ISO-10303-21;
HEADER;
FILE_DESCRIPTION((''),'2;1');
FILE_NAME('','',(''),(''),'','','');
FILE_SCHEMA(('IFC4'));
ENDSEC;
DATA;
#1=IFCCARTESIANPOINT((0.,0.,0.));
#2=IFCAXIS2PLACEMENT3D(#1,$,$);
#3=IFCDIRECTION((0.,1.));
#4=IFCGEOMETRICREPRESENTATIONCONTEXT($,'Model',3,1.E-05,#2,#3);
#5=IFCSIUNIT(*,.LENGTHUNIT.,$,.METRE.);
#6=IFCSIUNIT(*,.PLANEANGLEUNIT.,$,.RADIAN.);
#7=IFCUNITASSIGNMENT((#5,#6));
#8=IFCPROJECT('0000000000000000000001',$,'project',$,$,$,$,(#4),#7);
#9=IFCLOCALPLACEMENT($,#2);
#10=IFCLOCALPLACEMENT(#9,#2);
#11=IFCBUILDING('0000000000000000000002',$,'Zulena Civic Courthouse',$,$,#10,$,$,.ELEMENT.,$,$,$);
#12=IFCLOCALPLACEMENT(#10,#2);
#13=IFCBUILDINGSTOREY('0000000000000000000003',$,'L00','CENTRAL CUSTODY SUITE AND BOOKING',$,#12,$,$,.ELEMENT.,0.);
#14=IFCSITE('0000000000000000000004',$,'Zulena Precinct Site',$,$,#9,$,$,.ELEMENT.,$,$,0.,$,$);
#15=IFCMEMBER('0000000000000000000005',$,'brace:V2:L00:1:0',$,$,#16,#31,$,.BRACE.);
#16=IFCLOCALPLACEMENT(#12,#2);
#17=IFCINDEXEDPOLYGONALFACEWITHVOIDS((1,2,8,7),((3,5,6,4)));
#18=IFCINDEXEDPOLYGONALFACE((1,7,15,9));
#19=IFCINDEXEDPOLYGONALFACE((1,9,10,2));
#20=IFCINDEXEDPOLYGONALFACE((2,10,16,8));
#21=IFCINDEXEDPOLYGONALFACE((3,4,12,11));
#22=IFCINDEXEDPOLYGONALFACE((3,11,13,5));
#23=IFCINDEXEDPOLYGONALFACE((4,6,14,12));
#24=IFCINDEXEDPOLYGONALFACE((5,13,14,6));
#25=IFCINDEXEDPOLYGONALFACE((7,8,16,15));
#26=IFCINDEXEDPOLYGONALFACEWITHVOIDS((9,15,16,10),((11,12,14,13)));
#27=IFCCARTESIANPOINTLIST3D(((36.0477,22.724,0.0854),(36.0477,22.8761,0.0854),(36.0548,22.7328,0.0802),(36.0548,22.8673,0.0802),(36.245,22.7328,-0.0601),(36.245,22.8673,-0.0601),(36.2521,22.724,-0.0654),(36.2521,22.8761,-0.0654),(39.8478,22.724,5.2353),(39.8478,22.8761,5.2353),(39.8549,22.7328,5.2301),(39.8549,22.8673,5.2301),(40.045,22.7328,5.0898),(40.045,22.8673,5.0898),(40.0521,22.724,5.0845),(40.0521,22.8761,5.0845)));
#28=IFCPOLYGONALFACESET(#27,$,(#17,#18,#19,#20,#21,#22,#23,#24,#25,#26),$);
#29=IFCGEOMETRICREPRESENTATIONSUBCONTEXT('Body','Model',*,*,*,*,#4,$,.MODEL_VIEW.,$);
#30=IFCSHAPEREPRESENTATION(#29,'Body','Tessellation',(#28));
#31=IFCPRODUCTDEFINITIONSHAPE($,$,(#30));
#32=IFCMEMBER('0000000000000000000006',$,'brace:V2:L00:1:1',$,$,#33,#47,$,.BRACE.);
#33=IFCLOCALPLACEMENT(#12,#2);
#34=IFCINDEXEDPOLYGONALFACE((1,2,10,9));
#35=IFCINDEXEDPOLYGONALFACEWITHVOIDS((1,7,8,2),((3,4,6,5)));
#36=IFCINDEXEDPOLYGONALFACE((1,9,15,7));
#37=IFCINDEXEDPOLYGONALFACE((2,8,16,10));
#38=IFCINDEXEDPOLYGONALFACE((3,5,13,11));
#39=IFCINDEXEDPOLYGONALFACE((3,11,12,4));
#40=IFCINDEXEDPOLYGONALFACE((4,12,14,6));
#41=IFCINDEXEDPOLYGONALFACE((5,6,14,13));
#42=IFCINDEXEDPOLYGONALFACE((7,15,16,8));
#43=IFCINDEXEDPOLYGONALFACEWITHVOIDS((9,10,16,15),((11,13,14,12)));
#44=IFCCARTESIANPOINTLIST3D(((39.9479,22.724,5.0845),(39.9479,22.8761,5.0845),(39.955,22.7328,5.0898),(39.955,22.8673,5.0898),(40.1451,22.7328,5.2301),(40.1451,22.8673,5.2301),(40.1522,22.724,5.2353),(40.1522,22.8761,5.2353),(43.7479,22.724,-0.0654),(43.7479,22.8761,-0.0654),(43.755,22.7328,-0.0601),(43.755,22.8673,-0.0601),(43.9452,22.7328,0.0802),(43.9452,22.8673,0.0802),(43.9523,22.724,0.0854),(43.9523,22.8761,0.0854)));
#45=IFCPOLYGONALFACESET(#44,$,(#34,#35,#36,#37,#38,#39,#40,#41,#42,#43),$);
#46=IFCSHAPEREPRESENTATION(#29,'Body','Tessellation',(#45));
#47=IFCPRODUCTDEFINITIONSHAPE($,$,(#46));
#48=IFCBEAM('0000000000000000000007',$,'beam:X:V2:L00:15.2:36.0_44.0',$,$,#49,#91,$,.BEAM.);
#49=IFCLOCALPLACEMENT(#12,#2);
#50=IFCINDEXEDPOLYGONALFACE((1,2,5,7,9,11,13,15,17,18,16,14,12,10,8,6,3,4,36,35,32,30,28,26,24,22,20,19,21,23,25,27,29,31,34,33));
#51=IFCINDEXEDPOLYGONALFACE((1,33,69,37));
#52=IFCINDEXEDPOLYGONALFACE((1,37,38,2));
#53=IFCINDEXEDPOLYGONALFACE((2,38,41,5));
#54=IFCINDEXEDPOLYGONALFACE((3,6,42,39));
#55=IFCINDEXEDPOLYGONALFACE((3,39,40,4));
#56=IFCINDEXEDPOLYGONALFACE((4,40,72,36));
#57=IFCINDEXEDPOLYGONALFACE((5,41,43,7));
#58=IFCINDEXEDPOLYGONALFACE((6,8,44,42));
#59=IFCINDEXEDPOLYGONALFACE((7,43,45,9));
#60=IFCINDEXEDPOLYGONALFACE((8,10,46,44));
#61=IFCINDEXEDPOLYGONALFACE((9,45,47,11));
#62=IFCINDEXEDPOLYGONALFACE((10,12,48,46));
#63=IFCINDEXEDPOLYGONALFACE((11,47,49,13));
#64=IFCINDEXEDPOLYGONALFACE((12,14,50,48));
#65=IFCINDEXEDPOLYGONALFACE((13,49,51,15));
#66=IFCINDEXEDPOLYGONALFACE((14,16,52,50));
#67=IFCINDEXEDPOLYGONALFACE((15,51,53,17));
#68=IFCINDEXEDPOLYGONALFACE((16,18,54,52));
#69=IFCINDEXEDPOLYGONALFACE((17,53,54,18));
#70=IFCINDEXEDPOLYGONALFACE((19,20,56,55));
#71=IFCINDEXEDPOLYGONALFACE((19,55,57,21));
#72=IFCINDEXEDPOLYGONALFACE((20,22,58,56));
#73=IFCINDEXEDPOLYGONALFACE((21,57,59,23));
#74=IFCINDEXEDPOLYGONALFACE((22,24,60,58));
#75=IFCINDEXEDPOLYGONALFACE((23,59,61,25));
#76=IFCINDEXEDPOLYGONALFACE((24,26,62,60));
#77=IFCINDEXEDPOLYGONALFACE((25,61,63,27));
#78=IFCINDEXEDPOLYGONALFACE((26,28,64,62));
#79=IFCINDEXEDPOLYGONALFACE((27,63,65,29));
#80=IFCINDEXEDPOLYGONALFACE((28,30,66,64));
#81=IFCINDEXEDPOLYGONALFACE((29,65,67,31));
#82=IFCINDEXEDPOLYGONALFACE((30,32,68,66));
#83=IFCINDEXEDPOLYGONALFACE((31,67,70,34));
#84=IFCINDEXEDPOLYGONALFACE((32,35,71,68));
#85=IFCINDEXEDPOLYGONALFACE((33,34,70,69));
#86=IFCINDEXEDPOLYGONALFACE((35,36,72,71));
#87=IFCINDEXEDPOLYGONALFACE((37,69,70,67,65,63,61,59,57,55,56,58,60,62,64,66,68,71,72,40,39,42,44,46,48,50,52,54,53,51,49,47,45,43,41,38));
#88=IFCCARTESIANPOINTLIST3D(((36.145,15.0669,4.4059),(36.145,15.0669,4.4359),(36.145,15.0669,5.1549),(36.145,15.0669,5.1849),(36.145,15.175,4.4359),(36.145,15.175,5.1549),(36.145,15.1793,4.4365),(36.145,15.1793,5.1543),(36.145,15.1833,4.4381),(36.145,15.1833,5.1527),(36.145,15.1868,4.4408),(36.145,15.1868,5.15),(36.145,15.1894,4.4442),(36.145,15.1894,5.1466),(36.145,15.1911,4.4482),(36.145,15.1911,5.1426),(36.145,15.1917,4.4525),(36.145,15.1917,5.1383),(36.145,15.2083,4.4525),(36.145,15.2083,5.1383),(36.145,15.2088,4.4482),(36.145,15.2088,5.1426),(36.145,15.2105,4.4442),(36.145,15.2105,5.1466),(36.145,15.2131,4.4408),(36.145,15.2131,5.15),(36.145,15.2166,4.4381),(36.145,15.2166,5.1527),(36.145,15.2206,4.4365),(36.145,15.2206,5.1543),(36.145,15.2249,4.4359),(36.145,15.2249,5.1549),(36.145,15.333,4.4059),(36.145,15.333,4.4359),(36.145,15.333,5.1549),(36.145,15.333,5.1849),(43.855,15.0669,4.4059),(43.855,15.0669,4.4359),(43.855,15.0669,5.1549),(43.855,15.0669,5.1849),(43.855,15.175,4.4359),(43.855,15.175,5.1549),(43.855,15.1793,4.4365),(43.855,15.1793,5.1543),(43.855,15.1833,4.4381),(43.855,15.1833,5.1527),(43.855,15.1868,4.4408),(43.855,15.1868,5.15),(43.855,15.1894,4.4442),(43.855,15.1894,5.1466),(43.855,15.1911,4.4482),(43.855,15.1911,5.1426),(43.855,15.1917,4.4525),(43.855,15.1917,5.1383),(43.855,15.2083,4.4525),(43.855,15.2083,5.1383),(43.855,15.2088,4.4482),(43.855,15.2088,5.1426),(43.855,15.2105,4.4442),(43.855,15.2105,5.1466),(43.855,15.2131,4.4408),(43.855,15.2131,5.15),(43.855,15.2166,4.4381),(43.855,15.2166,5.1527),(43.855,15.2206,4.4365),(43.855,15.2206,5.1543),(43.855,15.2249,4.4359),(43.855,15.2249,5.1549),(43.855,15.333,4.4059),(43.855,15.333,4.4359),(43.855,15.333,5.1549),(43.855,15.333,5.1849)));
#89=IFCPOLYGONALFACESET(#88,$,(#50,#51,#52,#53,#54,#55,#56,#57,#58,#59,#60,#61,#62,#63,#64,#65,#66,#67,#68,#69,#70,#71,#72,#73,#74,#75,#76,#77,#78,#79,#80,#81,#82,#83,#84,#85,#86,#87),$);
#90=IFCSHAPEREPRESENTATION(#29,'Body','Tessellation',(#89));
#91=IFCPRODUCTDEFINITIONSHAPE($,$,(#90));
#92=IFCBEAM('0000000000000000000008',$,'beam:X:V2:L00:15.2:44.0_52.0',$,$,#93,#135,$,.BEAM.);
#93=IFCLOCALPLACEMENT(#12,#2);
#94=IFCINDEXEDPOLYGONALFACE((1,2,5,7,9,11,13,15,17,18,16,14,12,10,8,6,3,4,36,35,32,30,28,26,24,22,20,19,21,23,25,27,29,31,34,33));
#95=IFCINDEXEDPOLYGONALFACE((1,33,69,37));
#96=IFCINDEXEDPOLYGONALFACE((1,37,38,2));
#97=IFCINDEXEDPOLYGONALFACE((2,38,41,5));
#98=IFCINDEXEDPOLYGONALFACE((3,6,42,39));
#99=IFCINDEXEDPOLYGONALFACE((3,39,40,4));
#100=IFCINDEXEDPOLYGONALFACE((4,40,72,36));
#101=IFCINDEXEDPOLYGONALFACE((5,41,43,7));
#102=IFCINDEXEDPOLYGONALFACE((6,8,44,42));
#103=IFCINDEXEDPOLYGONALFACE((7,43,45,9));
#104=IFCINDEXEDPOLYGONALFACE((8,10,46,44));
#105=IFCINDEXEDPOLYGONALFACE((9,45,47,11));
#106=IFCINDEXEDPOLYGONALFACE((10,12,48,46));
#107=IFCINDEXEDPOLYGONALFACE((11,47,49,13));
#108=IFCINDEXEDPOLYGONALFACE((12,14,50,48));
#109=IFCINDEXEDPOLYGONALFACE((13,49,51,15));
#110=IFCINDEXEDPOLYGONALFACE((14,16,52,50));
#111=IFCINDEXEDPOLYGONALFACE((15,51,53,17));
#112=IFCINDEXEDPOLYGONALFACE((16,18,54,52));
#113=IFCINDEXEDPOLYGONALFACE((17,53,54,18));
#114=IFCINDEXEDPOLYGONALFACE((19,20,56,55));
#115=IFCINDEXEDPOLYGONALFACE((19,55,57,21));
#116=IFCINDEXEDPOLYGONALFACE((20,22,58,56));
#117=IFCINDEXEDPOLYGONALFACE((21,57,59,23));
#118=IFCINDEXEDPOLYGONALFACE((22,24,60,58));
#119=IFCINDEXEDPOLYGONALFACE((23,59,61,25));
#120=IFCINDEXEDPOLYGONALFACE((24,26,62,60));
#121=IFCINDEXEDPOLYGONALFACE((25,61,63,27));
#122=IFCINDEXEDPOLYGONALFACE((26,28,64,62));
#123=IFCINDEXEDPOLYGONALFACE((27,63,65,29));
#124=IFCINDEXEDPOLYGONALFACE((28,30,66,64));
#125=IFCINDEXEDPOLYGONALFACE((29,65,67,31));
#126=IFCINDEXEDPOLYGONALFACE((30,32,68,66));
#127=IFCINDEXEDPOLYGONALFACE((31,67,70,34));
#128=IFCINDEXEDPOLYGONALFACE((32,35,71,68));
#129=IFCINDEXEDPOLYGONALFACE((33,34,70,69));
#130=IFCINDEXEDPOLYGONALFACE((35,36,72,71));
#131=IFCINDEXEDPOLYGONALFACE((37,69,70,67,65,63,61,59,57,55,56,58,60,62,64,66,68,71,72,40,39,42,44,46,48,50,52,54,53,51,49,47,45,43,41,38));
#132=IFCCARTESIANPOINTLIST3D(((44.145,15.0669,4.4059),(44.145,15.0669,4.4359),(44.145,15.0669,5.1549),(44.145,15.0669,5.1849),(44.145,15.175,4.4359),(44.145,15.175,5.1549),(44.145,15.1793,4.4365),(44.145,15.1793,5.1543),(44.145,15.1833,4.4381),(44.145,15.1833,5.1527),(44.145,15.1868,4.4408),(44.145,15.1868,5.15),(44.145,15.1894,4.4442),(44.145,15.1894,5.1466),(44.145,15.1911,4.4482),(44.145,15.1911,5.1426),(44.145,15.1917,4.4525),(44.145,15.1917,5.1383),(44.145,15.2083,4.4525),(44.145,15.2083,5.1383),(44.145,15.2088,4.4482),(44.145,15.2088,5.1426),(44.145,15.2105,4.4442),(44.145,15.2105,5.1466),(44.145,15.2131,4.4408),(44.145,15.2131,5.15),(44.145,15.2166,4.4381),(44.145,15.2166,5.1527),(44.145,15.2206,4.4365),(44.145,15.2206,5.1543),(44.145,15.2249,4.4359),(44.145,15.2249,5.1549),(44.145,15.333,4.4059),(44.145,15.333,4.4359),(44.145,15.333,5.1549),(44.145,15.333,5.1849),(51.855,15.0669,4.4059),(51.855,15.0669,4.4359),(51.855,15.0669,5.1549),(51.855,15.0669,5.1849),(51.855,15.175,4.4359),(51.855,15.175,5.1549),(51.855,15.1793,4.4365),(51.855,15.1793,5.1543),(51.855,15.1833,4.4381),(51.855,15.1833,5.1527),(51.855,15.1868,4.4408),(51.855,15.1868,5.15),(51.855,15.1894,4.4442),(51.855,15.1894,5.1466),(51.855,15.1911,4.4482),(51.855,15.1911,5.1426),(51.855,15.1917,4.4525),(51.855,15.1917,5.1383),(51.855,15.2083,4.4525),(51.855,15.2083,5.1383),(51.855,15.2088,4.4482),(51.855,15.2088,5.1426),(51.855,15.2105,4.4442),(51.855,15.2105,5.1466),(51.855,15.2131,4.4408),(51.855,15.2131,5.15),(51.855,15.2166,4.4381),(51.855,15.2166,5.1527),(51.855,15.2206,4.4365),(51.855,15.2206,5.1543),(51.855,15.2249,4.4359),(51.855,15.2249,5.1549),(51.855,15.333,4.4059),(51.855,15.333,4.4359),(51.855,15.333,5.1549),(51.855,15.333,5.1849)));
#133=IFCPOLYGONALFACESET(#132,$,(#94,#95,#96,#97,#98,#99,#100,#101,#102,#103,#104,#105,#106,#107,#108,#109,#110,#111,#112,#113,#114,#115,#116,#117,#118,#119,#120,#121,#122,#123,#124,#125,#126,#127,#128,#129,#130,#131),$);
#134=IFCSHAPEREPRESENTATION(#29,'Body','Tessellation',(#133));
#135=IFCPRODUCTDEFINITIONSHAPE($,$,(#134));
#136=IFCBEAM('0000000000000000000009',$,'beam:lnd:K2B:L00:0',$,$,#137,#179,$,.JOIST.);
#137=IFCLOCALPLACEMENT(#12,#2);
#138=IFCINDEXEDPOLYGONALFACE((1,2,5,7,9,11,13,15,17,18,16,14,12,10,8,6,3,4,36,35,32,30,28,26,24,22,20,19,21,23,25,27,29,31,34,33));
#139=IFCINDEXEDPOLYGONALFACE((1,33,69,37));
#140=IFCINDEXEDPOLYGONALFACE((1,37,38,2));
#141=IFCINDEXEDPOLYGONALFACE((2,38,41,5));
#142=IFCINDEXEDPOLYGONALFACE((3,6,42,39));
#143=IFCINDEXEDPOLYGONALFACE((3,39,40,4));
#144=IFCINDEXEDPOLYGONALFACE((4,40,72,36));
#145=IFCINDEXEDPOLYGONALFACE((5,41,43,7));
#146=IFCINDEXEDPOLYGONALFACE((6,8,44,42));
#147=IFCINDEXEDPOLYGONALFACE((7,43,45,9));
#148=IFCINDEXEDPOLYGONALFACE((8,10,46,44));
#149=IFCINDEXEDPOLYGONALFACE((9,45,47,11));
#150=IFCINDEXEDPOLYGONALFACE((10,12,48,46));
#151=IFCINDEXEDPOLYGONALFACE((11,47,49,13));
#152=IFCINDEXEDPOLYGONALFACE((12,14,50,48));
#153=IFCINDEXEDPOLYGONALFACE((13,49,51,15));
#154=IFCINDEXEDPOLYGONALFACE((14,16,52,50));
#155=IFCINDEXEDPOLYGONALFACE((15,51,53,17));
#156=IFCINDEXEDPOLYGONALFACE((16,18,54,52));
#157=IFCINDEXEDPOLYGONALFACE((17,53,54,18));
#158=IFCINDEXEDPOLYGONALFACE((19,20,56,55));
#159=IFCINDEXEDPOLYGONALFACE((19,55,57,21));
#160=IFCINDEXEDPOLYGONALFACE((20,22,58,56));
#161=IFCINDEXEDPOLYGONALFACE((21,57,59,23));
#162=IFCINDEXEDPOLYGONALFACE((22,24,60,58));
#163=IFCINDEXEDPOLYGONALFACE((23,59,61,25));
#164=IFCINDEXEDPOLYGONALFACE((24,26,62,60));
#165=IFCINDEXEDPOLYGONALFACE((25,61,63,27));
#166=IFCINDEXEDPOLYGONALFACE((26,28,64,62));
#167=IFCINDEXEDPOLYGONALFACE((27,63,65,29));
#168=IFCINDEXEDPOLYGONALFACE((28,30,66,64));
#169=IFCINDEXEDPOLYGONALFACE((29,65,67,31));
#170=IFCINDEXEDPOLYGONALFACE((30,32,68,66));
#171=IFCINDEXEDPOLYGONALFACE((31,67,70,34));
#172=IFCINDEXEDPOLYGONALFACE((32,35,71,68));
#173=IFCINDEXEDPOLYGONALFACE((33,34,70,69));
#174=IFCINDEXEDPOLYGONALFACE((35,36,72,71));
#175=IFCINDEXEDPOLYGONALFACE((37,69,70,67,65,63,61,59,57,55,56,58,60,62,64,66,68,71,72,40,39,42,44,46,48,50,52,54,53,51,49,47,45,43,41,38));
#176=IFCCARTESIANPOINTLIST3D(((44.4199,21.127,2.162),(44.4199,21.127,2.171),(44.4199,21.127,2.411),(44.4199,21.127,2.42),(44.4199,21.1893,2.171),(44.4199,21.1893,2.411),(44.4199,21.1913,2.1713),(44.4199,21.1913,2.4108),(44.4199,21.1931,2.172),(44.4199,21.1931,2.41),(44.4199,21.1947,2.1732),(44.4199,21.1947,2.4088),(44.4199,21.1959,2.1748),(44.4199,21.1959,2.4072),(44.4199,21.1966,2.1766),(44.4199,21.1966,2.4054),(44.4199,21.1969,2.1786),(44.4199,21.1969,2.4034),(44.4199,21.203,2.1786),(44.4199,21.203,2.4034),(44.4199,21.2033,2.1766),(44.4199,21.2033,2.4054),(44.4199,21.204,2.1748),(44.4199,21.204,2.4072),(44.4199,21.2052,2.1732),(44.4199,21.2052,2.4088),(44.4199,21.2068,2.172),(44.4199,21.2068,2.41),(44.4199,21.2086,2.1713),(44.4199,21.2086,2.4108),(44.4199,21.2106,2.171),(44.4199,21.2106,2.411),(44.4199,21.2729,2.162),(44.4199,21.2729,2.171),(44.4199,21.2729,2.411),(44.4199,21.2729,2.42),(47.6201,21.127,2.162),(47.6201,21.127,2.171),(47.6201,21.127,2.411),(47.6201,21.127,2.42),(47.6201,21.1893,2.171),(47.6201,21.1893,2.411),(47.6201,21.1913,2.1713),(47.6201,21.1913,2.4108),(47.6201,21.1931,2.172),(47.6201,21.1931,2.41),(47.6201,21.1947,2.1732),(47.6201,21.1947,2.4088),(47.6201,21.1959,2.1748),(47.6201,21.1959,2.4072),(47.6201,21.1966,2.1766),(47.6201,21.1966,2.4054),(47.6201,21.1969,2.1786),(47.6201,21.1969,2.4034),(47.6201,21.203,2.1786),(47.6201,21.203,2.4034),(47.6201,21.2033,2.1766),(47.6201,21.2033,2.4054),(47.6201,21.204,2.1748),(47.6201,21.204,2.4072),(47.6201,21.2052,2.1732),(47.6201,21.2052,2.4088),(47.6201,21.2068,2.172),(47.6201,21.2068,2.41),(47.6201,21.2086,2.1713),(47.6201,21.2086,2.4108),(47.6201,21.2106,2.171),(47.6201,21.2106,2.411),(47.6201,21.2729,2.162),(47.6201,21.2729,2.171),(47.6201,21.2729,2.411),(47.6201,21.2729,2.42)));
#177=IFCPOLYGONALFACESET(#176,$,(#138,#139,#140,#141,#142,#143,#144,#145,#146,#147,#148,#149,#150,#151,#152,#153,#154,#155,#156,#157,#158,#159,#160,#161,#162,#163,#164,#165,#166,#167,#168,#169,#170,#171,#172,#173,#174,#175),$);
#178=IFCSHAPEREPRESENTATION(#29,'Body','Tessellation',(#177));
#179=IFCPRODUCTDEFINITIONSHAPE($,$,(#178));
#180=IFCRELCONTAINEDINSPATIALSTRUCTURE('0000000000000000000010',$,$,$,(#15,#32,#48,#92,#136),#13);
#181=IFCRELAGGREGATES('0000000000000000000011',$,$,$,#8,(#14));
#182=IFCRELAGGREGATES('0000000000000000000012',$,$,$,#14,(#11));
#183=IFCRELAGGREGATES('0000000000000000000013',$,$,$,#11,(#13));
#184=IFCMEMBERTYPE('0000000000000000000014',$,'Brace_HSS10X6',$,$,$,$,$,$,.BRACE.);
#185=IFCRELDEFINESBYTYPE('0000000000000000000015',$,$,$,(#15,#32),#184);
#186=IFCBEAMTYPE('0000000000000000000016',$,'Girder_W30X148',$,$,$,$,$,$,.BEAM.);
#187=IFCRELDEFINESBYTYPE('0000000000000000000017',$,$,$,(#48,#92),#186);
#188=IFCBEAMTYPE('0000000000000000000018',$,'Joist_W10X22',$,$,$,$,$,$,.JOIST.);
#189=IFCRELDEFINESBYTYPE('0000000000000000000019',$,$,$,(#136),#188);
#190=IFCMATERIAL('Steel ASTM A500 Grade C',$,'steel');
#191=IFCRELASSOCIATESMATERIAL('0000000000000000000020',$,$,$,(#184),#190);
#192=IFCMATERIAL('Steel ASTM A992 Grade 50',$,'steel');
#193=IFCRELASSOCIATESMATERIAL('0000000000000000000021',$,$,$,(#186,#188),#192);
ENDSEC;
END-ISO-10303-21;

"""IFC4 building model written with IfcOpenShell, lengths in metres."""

from ifc_helpers import new_model, si_unit, direction, frame, origin, origin_2d, place, context, subcontext, project, spatial, hollow_rectangle, i_section, extrude, material, material_profile, profile_set, type_object, element, save


model = new_model("IFC4")

# Units and contexts
model_context = context("Model", 3, precision=1e-05, world=origin(), true_north=direction((0.0, 1.0)))
body_context = subcontext(model_context, "Body", "Model", "MODEL_VIEW")
ifc_project = project(units=[si_unit("LENGTHUNIT", "METRE"), si_unit("PLANEANGLEUNIT", "RADIAN")], contexts=[model_context])

# Site, building, storey
site_placement = place(None, origin())
site = spatial("IfcSite", under=ifc_project, at=site_placement, Name="Zulena Precinct Site", CompositionType="ELEMENT", RefElevation=0.0)
building_placement = place(site_placement, origin())
building = spatial("IfcBuilding", under=site, at=building_placement, Name="Zulena Civic Courthouse", CompositionType="ELEMENT")
storey_placement = place(building_placement, origin())
storey = spatial("IfcBuildingStorey", under=building, at=storey_placement, Name="L00", Description="CENTRAL CUSTODY SUITE AND BOOKING", CompositionType="ELEMENT", Elevation=0.0)

# Shared definitions
ifc_material_1 = material(Name="Steel ASTM A992 Grade 50", Category="steel")

# Members
ifc_material_2 = material(Name="Steel ASTM A500 Grade C", Category="steel")
ifc_material_profile_1 = material_profile(ifc_material_2, hollow_rectangle(XDim=0.1521, YDim=0.2539, WallThickness=0.0088, at=origin_2d()), Name="HSS10X6X3/8")
ifc_profile_set_1 = profile_set([ifc_material_profile_1], Name="Steel ASTM A500 Grade C")
member_type = type_object("IfcMemberType", Name="Brace_HSS10X6", PredefinedType="BRACE", material=ifc_profile_set_1)
for number, where, z_axis, x_axis, name in (
    (1, (36.1499, 22.8, 0.01), (0.593744, 0.0, 0.804654), (0.0, 1.0, 0.0), "brace:V2:L00:1:0"),
    (2, (43.8501, 22.8, 0.01), (-0.593744, 0.0, 0.804654), (0.0, -1.0, 0.0), "brace:V2:L00:1:1"),
):
    element("IfcMember", number, at=place(storey_placement, frame(where, z_axis=z_axis, x_axis=x_axis)), inside=storey, type_object=member_type, Name=name, PredefinedType="BRACE", context=body_context, shape_type="SweptSolid", body=[
        extrude(hollow_rectangle(XDim=0.1521, YDim=0.2539, WallThickness=0.0088, at=origin_2d()), origin(), (0.0, 0.0, 1.0), 6.4001),
    ])

# Beams
ifc_material_profile_2 = material_profile(ifc_material_1, i_section(OverallWidth=0.2661, OverallDepth=0.7791, WebThickness=0.0166, FlangeThickness=0.03, FilletRadius=0.0166, at=origin_2d()), Name="W30X148")
ifc_profile_set_2 = profile_set([ifc_material_profile_2], Name="Steel ASTM A992 Grade 50")
beam_type_1 = type_object("IfcBeamType", Name="Girder_W30X148", PredefinedType="BEAM", material=ifc_profile_set_2)
for number, where, z_axis, x_axis, name in (
    (3, (36.145, 15.2, 4.7954), (1.0, 0.0, 0.0), (0.0, 1.0, 0.0), "beam:X:V2:L00:15.2:36.0_44.0"),
    (4, (44.145, 15.2, 4.7954), (1.0, 0.0, 0.0), (0.0, 1.0, 0.0), "beam:X:V2:L00:15.2:44.0_52.0"),
):
    element("IfcBeam", number, at=place(storey_placement, frame(where, z_axis=z_axis, x_axis=x_axis)), inside=storey, type_object=beam_type_1, Name=name, PredefinedType="BEAM", context=body_context, shape_type="SweptSolid", body=[
        extrude(i_section(OverallWidth=0.2661, OverallDepth=0.7791, WebThickness=0.0166, FlangeThickness=0.03, FilletRadius=0.0166, at=origin_2d()), origin(), (0.0, 0.0, 1.0), 7.71),
    ])
ifc_material_profile_3 = material_profile(ifc_material_1, i_section(OverallWidth=0.146, OverallDepth=0.2581, WebThickness=0.0061, FlangeThickness=0.009, FilletRadius=0.0076, at=origin_2d()), Name="W10X22")
ifc_profile_set_3 = profile_set([ifc_material_profile_3], Name="Steel ASTM A992 Grade 50")
beam_type_2 = type_object("IfcBeamType", Name="Joist_W10X22", PredefinedType="JOIST", material=ifc_profile_set_3)
for number, where, z_axis, x_axis, name in (
    (5, (44.4199, 21.2, 2.291), (1.0, 0.0, 0.0), (0.0, 1.0, 0.0), "beam:lnd:K2B:L00:0"),
):
    element("IfcBeam", number, at=place(storey_placement, frame(where, z_axis=z_axis, x_axis=x_axis)), inside=storey, type_object=beam_type_2, Name=name, PredefinedType="JOIST", context=body_context, shape_type="SweptSolid", body=[
        extrude(i_section(OverallWidth=0.146, OverallDepth=0.2581, WebThickness=0.0061, FlangeThickness=0.009, FilletRadius=0.0076, at=origin_2d()), origin(), (0.0, 0.0, 1.0), 3.2002),
    ])

save(model, "model.ifc")
